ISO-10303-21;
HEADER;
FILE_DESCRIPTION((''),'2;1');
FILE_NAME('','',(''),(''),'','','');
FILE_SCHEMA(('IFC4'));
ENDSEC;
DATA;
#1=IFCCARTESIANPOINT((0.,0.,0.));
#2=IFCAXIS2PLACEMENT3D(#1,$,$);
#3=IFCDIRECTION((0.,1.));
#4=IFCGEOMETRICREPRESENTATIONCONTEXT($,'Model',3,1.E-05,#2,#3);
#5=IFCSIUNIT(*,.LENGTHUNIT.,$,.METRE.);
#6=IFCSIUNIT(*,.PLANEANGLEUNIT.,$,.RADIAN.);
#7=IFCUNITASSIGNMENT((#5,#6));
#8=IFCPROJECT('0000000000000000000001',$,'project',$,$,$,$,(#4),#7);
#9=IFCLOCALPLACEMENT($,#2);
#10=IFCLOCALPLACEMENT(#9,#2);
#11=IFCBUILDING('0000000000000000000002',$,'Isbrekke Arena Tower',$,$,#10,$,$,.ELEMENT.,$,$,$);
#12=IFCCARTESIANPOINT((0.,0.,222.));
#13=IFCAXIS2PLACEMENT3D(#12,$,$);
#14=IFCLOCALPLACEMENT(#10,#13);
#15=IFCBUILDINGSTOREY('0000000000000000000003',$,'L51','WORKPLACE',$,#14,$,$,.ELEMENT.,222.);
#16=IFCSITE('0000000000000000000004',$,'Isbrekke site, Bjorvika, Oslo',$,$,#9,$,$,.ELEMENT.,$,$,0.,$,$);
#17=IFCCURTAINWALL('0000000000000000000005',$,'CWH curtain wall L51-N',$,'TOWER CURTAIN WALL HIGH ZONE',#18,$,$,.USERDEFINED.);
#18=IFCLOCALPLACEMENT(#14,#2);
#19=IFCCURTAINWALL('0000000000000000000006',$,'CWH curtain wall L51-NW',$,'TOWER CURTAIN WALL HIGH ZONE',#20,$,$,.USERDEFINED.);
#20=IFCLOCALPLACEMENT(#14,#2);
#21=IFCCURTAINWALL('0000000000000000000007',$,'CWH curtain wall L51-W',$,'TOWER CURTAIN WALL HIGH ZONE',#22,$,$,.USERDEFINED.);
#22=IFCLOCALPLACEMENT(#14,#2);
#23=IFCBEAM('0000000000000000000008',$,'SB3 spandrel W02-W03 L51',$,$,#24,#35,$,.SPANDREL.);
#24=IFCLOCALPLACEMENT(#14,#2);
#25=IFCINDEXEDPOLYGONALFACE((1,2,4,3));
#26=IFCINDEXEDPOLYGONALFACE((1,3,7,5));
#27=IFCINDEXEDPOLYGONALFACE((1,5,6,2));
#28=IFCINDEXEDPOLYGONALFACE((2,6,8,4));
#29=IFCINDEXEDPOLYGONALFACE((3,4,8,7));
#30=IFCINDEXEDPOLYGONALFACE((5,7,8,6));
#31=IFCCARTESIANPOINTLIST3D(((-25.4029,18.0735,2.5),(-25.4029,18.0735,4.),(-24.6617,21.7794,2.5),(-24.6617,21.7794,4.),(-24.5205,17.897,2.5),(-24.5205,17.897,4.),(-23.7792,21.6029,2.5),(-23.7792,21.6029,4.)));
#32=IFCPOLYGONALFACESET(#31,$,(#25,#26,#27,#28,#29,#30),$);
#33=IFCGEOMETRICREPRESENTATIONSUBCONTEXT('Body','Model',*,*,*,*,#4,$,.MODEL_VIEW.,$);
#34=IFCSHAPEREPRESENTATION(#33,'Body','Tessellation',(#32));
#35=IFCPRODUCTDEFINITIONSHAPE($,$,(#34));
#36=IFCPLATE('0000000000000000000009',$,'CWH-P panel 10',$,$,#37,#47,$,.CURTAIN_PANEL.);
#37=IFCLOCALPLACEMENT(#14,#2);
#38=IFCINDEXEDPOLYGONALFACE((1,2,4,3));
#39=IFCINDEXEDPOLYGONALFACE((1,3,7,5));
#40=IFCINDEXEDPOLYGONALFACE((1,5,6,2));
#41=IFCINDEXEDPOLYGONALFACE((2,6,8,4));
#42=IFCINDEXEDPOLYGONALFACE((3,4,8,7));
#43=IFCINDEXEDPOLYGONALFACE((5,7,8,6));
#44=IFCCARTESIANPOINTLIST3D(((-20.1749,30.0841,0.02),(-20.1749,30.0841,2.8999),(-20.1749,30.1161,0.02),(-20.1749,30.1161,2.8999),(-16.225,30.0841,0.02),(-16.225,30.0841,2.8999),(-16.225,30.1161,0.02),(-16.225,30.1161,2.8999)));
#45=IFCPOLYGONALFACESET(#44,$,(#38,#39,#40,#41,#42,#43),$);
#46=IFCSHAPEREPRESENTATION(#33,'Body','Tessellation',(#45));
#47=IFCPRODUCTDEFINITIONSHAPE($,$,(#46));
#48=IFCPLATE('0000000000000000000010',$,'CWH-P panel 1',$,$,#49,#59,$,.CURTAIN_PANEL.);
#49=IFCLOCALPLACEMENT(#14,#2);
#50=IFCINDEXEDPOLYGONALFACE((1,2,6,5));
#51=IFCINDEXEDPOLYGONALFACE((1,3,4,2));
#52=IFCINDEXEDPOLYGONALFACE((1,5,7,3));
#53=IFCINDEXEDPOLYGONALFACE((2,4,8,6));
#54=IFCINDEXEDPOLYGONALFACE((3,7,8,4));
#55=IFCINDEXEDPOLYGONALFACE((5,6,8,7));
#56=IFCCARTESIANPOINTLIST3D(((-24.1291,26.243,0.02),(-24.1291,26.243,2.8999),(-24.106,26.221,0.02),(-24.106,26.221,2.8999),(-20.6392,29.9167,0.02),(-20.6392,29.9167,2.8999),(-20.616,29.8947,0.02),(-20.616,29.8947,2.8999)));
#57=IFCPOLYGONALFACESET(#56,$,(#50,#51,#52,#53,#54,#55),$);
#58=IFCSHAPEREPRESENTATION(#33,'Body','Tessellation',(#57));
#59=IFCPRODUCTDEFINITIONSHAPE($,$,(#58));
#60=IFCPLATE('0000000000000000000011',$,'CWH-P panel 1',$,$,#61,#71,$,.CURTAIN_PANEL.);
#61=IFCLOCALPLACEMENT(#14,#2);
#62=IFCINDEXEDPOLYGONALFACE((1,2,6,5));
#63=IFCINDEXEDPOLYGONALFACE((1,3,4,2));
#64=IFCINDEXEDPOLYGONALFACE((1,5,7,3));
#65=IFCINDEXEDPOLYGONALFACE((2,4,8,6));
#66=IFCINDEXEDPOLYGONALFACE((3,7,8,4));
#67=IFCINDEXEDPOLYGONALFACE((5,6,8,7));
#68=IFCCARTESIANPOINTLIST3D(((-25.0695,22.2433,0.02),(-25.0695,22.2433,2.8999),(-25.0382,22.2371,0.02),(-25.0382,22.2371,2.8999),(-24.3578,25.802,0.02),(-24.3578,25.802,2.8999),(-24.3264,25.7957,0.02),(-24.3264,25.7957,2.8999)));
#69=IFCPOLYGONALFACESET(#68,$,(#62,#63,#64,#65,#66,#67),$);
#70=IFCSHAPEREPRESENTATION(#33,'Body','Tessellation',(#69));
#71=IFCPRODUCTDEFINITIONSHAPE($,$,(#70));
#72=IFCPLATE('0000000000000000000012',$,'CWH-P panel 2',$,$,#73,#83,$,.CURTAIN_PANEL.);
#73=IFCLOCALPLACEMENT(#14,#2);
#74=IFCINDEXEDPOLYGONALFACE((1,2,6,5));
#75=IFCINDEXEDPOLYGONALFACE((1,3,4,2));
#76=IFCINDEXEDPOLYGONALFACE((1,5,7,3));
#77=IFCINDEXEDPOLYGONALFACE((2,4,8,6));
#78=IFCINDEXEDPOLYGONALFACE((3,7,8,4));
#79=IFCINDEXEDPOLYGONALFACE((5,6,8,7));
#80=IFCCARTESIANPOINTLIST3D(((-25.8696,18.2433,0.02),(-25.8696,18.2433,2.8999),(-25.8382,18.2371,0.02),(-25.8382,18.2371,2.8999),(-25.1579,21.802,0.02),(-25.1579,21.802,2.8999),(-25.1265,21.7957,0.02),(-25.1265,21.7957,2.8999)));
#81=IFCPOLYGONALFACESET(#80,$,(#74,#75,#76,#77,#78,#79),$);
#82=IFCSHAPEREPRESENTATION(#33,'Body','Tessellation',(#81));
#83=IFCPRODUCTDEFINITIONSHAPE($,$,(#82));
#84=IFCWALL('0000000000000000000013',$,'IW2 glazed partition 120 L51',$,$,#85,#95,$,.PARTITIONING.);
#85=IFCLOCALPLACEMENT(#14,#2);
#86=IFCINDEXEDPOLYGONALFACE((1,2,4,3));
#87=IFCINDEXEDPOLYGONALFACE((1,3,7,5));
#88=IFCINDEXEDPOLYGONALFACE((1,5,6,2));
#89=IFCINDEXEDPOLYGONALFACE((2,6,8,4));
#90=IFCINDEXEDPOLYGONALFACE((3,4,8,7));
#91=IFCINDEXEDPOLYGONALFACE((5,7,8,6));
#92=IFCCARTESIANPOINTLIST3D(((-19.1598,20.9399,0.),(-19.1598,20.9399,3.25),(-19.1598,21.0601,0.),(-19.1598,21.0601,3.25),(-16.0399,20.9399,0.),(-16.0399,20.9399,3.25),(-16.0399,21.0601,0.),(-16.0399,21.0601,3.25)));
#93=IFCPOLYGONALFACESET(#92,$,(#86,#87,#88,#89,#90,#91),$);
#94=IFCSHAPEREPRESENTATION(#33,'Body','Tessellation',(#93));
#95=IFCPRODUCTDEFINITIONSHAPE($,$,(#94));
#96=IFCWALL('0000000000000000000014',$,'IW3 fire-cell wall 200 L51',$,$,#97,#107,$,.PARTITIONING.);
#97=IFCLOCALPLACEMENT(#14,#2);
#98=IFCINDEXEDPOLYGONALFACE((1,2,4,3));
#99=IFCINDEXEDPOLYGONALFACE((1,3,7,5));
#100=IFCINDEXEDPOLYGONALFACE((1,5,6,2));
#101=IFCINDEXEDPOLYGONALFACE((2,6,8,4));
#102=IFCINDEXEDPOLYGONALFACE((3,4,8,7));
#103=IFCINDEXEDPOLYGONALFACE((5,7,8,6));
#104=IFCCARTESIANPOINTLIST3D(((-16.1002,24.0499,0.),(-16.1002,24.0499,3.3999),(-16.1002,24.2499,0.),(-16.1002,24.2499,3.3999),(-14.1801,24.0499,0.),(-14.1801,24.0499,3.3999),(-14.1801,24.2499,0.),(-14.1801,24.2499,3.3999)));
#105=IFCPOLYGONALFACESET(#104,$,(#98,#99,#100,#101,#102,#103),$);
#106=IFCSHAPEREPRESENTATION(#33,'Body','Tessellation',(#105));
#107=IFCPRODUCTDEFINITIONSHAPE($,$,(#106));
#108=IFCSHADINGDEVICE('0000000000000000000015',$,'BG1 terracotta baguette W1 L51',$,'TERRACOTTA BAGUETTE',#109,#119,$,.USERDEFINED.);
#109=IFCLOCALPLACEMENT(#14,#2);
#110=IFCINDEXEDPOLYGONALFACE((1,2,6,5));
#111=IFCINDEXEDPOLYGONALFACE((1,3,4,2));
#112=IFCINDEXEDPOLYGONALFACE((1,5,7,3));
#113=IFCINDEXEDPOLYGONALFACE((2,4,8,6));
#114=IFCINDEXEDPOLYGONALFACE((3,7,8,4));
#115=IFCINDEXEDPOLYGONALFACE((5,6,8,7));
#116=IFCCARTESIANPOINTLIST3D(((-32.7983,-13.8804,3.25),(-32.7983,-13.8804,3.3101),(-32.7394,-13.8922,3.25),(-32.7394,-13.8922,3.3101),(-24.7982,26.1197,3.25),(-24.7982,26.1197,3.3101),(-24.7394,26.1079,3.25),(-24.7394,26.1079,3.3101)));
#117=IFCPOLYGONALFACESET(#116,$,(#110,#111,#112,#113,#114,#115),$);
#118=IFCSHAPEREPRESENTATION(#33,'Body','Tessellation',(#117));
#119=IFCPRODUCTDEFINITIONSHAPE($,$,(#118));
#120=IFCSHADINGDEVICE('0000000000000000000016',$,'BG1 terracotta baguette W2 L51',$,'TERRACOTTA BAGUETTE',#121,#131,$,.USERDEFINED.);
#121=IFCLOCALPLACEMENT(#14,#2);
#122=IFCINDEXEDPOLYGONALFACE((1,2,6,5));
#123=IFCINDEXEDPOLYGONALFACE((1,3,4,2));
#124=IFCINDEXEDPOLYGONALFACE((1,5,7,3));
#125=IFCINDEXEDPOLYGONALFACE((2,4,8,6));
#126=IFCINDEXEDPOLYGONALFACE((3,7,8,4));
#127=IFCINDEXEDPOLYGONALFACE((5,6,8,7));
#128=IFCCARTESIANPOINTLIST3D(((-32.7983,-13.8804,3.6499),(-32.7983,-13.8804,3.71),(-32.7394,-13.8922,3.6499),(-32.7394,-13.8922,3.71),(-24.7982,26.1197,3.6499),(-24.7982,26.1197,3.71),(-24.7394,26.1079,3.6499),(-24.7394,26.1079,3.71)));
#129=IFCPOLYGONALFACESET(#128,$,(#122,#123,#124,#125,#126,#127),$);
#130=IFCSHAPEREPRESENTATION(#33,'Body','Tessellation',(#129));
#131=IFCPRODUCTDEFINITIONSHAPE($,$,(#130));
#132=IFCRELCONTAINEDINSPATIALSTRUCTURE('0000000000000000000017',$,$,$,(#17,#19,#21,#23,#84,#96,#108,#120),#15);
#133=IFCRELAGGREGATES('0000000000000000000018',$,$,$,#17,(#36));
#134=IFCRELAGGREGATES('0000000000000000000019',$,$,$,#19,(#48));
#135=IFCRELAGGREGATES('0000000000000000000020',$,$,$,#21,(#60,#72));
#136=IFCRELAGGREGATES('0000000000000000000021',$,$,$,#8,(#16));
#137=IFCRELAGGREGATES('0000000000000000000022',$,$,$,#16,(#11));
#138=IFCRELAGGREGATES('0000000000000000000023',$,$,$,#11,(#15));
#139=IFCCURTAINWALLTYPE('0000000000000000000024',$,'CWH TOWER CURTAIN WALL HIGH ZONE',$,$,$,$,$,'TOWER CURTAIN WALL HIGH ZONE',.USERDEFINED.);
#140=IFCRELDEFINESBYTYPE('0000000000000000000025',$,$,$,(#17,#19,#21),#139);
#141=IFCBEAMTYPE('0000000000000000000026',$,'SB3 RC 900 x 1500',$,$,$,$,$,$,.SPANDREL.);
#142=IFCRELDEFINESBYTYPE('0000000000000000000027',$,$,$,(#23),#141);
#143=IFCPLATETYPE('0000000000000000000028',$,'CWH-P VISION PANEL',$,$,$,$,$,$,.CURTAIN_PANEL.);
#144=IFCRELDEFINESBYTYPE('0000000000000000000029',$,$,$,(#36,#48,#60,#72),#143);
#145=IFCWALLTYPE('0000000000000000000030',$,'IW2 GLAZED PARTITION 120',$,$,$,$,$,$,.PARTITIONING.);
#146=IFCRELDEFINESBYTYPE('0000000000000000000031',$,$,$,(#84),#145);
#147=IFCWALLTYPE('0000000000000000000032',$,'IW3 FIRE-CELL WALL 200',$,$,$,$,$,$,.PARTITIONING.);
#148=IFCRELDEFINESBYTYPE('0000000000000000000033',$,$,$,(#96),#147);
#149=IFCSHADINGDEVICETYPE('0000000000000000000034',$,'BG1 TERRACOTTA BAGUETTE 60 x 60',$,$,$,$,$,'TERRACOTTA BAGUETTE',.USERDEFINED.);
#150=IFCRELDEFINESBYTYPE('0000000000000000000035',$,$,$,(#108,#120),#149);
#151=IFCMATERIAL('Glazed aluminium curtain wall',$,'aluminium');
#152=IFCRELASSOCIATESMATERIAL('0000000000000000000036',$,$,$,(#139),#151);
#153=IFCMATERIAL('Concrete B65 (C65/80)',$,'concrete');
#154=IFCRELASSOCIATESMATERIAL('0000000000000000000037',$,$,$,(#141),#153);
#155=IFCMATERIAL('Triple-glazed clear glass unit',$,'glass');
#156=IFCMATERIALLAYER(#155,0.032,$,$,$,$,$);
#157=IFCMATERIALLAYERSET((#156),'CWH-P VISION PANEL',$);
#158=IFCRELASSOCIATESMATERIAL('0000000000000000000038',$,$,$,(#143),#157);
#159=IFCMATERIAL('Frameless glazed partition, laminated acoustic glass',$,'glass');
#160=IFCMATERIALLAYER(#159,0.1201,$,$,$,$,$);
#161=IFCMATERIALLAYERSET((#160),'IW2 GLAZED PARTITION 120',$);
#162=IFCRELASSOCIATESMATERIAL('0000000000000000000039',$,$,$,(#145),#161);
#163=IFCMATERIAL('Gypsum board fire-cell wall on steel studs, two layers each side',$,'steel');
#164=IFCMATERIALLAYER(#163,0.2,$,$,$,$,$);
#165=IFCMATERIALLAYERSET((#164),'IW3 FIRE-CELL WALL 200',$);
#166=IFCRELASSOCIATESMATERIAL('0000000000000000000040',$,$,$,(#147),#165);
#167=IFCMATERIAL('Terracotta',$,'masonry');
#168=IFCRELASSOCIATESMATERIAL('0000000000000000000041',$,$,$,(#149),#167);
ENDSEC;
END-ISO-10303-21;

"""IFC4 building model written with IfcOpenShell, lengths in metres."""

from ifc_helpers import new_model, si_unit, direction, frame, frame_2d, origin, origin_2d, place, context, subcontext, project, spatial, rectangle, extrude, material, layer, layer_set, material_profile, profile_set, type_object, element, aggregate, save


model = new_model("IFC4")

# Units and contexts
model_context = context("Model", 3, precision=1e-05, world=origin(), true_north=direction((0.0, 1.0)))
body_context = subcontext(model_context, "Body", "Model", "MODEL_VIEW")
ifc_project = project(units=[si_unit("LENGTHUNIT", "METRE"), si_unit("PLANEANGLEUNIT", "RADIAN")], contexts=[model_context])

# Site, building, storey
site_placement = place(None, origin())
site = spatial("IfcSite", under=ifc_project, at=site_placement, Name="Isbrekke site, Bjorvika, Oslo", CompositionType="ELEMENT", RefElevation=0.0)
building_placement = place(site_placement, origin())
building = spatial("IfcBuilding", under=site, at=building_placement, Name="Isbrekke Arena Tower", CompositionType="ELEMENT")
storey_placement = place(building_placement, frame((0.0, 0.0, 222.0)))
storey = spatial("IfcBuildingStorey", under=building, at=storey_placement, Name="L51", Description="WORKPLACE", CompositionType="ELEMENT", Elevation=222.0)

# Curtain walls
ifc_material_1 = material(Name="Glazed aluminium curtain wall", Category="aluminium")
curtain_wall_type = type_object("IfcCurtainWallType", Name="CWH TOWER CURTAIN WALL HIGH ZONE", ElementType="TOWER CURTAIN WALL HIGH ZONE", PredefinedType="USERDEFINED", material=ifc_material_1)
curtain_wall_1_placement = place(storey_placement, origin())
curtain_wall_1 = element("IfcCurtainWall", 1, at=curtain_wall_1_placement, inside=storey, type_object=curtain_wall_type, Name="CWH curtain wall L51-N", ObjectType="TOWER CURTAIN WALL HIGH ZONE", PredefinedType="USERDEFINED")
curtain_wall_2_placement = place(storey_placement, origin())
curtain_wall_2 = element("IfcCurtainWall", 2, at=curtain_wall_2_placement, inside=storey, type_object=curtain_wall_type, Name="CWH curtain wall L51-NW", ObjectType="TOWER CURTAIN WALL HIGH ZONE", PredefinedType="USERDEFINED")
curtain_wall_3_placement = place(storey_placement, origin())
curtain_wall_3 = element("IfcCurtainWall", 3, at=curtain_wall_3_placement, inside=storey, type_object=curtain_wall_type, Name="CWH curtain wall L51-W", ObjectType="TOWER CURTAIN WALL HIGH ZONE", PredefinedType="USERDEFINED")

# Beam
ifc_material_2 = material(Name="Concrete B65 (C65/80)", Category="concrete")
ifc_material_profile_1 = material_profile(ifc_material_2, rectangle(XDim=0.8999, YDim=1.5, at=origin_2d()), Name="RC 900x1500")
ifc_profile_set_1 = profile_set([ifc_material_profile_1], Name="Concrete B65 (C65/80)")
beam_type_1 = type_object("IfcBeamType", Name="SB3 RC 900 x 1500", PredefinedType="SPANDREL", material=ifc_profile_set_1)
beam_1_placement = place(storey_placement, frame((-24.2205, 21.6912, 3.25), z_axis=(-0.196129, -0.980578, 0.0), x_axis=(0.980578, -0.196129, 0.0)))
element("IfcBeam", 4, at=beam_1_placement, inside=storey, type_object=beam_type_1, Name="SB3 spandrel W02-W03 L51", PredefinedType="SPANDREL", context=body_context, shape_type="SweptSolid", body=[
    extrude(rectangle(XDim=0.8999, YDim=1.5, at=origin_2d()), origin(), (0.0, 0.0, 1.0), 3.7793),
])

# Plates
ifc_material_3 = material(Name="Triple-glazed clear glass unit", Category="glass")
ifc_layer_1 = layer(ifc_material_3, 0.032)
ifc_layer_set_1 = layer_set([ifc_layer_1], Name="CWH-P VISION PANEL")
plate_type = type_object("IfcPlateType", Name="CWH-P VISION PANEL", PredefinedType="CURTAIN_PANEL", material=ifc_layer_set_1)
plate_1_placement = place(storey_placement, frame((-18.2, 30.1001, 0.02), z_axis=(0.0, 0.0, 1.0), x_axis=(-1.0, 0.0, 0.0)))
plate_1 = element("IfcPlate", 5, at=plate_1_placement, type_object=plate_type, Name="CWH-P panel 10", PredefinedType="CURTAIN_PANEL", context=body_context, shape_type="SweptSolid", body=[
    extrude(rectangle(XDim=3.95, YDim=0.032, at=origin_2d()), origin(), (0.0, 0.0, 1.0), 2.8799),
])
aggregate(curtain_wall_1, [plate_1])
plate_2_placement = place(storey_placement, frame((-22.3726, 28.0688, 0.02), z_axis=(0.0, 0.0, 1.0), x_axis=(-0.688749, -0.724999, 0.0)))
plate_2 = element("IfcPlate", 6, at=plate_2_placement, type_object=plate_type, Name="CWH-P panel 1", PredefinedType="CURTAIN_PANEL", context=body_context, shape_type="SweptSolid", body=[
    extrude(rectangle(XDim=5.0671, YDim=0.032, at=origin_2d()), origin(), (0.0, 0.0, 1.0), 2.8799),
])
aggregate(curtain_wall_2, [plate_2])
plate_3_placement = place(storey_placement, frame((-24.698, 24.0195, 0.02), z_axis=(0.0, 0.0, 1.0), x_axis=(-0.196116, -0.980581, 0.0)))
plate_3 = element("IfcPlate", 7, at=plate_3_placement, type_object=plate_type, Name="CWH-P panel 1", PredefinedType="CURTAIN_PANEL", context=body_context, shape_type="SweptSolid", body=[
    extrude(rectangle(XDim=3.6292, YDim=0.032, at=origin_2d()), origin(), (0.0, 0.0, 1.0), 2.8799),
])
plate_4_placement = place(storey_placement, frame((-25.498, 20.0195, 0.02), z_axis=(0.0, 0.0, 1.0), x_axis=(-0.196116, -0.980581, 0.0)))
plate_4 = element("IfcPlate", 8, at=plate_4_placement, type_object=plate_type, Name="CWH-P panel 2", PredefinedType="CURTAIN_PANEL", context=body_context, shape_type="SweptSolid", body=[
    extrude(rectangle(XDim=3.6292, YDim=0.032, at=origin_2d()), origin(), (0.0, 0.0, 1.0), 2.8799),
])
aggregate(curtain_wall_3, [plate_3, plate_4])

# Walls
ifc_material_4 = material(Name="Frameless glazed partition, laminated acoustic glass", Category="glass")
ifc_layer_2 = layer(ifc_material_4, 0.1201)
ifc_layer_set_2 = layer_set([ifc_layer_2], Name="IW2 GLAZED PARTITION 120")
wall_type_1 = type_object("IfcWallType", Name="IW2 GLAZED PARTITION 120", PredefinedType="PARTITIONING", material=ifc_layer_set_2)
wall_1_placement = place(storey_placement, frame((-19.1599, 21.0, 0.0), z_axis=(0.0, 0.0, 1.0), x_axis=(1.0, 0.0, 0.0)))
element("IfcWall", 9, at=wall_1_placement, inside=storey, type_object=wall_type_1, Name="IW2 glazed partition 120 L51", PredefinedType="PARTITIONING", context=body_context, shape_type="SweptSolid", body=[
    extrude(rectangle(XDim=3.1199, YDim=0.1201, at=frame_2d((1.5601, 0.0))), origin(), (0.0, 0.0, 1.0), 3.25),
])
ifc_material_5 = material(Name="Gypsum board fire-cell wall on steel studs, two layers each side", Category="steel")
ifc_layer_3 = layer(ifc_material_5, 0.2)
ifc_layer_set_3 = layer_set([ifc_layer_3], Name="IW3 FIRE-CELL WALL 200")
wall_type_2 = type_object("IfcWallType", Name="IW3 FIRE-CELL WALL 200", PredefinedType="PARTITIONING", material=ifc_layer_set_3)
wall_2_placement = place(storey_placement, frame((-16.1001, 24.1499, 0.0), z_axis=(0.0, 0.0, 1.0), x_axis=(1.0, 0.0, 0.0)))
element("IfcWall", 10, at=wall_2_placement, inside=storey, type_object=wall_type_2, Name="IW3 fire-cell wall 200 L51", PredefinedType="PARTITIONING", context=body_context, shape_type="SweptSolid", body=[
    extrude(rectangle(XDim=1.9202, YDim=0.2, at=frame_2d((0.96, 0.0))), origin(), (0.0, 0.0, 1.0), 3.3999),
])

# Shading devices
ifc_material_6 = material(Name="Terracotta", Category="masonry")
ifc_material_profile_2 = material_profile(ifc_material_6, rectangle(XDim=0.0601, YDim=0.0601, at=origin_2d()), Name="BAGUETTE 60X60")
ifc_profile_set_2 = profile_set([ifc_material_profile_2], Name="Terracotta")
shading_device_type = type_object("IfcShadingDeviceType", Name="BG1 TERRACOTTA BAGUETTE 60 x 60", ElementType="TERRACOTTA BAGUETTE", PredefinedType="USERDEFINED", material=ifc_profile_set_2)
for number, where, z_axis, x_axis, name in (
    (11, (-24.7688, 26.1138, 3.28), (-0.196116, -0.980581, 0.0), (0.980581, -0.196116, 0.0), "BG1 terracotta baguette W1 L51"),
    (12, (-24.7688, 26.1138, 3.6799), (-0.196116, -0.980581, 0.0), (0.980581, -0.196116, 0.0), "BG1 terracotta baguette W2 L51"),
):
    element("IfcShadingDevice", number, at=place(storey_placement, frame(where, z_axis=z_axis, x_axis=x_axis)), inside=storey, type_object=shading_device_type, Name=name, ObjectType="TERRACOTTA BAGUETTE", PredefinedType="USERDEFINED", context=body_context, shape_type="SweptSolid", body=[
        extrude(rectangle(XDim=0.0601, YDim=0.0601, at=origin_2d()), origin(), (0.0, 0.0, 1.0), 40.7922),
    ])

save(model, "model.ifc")
